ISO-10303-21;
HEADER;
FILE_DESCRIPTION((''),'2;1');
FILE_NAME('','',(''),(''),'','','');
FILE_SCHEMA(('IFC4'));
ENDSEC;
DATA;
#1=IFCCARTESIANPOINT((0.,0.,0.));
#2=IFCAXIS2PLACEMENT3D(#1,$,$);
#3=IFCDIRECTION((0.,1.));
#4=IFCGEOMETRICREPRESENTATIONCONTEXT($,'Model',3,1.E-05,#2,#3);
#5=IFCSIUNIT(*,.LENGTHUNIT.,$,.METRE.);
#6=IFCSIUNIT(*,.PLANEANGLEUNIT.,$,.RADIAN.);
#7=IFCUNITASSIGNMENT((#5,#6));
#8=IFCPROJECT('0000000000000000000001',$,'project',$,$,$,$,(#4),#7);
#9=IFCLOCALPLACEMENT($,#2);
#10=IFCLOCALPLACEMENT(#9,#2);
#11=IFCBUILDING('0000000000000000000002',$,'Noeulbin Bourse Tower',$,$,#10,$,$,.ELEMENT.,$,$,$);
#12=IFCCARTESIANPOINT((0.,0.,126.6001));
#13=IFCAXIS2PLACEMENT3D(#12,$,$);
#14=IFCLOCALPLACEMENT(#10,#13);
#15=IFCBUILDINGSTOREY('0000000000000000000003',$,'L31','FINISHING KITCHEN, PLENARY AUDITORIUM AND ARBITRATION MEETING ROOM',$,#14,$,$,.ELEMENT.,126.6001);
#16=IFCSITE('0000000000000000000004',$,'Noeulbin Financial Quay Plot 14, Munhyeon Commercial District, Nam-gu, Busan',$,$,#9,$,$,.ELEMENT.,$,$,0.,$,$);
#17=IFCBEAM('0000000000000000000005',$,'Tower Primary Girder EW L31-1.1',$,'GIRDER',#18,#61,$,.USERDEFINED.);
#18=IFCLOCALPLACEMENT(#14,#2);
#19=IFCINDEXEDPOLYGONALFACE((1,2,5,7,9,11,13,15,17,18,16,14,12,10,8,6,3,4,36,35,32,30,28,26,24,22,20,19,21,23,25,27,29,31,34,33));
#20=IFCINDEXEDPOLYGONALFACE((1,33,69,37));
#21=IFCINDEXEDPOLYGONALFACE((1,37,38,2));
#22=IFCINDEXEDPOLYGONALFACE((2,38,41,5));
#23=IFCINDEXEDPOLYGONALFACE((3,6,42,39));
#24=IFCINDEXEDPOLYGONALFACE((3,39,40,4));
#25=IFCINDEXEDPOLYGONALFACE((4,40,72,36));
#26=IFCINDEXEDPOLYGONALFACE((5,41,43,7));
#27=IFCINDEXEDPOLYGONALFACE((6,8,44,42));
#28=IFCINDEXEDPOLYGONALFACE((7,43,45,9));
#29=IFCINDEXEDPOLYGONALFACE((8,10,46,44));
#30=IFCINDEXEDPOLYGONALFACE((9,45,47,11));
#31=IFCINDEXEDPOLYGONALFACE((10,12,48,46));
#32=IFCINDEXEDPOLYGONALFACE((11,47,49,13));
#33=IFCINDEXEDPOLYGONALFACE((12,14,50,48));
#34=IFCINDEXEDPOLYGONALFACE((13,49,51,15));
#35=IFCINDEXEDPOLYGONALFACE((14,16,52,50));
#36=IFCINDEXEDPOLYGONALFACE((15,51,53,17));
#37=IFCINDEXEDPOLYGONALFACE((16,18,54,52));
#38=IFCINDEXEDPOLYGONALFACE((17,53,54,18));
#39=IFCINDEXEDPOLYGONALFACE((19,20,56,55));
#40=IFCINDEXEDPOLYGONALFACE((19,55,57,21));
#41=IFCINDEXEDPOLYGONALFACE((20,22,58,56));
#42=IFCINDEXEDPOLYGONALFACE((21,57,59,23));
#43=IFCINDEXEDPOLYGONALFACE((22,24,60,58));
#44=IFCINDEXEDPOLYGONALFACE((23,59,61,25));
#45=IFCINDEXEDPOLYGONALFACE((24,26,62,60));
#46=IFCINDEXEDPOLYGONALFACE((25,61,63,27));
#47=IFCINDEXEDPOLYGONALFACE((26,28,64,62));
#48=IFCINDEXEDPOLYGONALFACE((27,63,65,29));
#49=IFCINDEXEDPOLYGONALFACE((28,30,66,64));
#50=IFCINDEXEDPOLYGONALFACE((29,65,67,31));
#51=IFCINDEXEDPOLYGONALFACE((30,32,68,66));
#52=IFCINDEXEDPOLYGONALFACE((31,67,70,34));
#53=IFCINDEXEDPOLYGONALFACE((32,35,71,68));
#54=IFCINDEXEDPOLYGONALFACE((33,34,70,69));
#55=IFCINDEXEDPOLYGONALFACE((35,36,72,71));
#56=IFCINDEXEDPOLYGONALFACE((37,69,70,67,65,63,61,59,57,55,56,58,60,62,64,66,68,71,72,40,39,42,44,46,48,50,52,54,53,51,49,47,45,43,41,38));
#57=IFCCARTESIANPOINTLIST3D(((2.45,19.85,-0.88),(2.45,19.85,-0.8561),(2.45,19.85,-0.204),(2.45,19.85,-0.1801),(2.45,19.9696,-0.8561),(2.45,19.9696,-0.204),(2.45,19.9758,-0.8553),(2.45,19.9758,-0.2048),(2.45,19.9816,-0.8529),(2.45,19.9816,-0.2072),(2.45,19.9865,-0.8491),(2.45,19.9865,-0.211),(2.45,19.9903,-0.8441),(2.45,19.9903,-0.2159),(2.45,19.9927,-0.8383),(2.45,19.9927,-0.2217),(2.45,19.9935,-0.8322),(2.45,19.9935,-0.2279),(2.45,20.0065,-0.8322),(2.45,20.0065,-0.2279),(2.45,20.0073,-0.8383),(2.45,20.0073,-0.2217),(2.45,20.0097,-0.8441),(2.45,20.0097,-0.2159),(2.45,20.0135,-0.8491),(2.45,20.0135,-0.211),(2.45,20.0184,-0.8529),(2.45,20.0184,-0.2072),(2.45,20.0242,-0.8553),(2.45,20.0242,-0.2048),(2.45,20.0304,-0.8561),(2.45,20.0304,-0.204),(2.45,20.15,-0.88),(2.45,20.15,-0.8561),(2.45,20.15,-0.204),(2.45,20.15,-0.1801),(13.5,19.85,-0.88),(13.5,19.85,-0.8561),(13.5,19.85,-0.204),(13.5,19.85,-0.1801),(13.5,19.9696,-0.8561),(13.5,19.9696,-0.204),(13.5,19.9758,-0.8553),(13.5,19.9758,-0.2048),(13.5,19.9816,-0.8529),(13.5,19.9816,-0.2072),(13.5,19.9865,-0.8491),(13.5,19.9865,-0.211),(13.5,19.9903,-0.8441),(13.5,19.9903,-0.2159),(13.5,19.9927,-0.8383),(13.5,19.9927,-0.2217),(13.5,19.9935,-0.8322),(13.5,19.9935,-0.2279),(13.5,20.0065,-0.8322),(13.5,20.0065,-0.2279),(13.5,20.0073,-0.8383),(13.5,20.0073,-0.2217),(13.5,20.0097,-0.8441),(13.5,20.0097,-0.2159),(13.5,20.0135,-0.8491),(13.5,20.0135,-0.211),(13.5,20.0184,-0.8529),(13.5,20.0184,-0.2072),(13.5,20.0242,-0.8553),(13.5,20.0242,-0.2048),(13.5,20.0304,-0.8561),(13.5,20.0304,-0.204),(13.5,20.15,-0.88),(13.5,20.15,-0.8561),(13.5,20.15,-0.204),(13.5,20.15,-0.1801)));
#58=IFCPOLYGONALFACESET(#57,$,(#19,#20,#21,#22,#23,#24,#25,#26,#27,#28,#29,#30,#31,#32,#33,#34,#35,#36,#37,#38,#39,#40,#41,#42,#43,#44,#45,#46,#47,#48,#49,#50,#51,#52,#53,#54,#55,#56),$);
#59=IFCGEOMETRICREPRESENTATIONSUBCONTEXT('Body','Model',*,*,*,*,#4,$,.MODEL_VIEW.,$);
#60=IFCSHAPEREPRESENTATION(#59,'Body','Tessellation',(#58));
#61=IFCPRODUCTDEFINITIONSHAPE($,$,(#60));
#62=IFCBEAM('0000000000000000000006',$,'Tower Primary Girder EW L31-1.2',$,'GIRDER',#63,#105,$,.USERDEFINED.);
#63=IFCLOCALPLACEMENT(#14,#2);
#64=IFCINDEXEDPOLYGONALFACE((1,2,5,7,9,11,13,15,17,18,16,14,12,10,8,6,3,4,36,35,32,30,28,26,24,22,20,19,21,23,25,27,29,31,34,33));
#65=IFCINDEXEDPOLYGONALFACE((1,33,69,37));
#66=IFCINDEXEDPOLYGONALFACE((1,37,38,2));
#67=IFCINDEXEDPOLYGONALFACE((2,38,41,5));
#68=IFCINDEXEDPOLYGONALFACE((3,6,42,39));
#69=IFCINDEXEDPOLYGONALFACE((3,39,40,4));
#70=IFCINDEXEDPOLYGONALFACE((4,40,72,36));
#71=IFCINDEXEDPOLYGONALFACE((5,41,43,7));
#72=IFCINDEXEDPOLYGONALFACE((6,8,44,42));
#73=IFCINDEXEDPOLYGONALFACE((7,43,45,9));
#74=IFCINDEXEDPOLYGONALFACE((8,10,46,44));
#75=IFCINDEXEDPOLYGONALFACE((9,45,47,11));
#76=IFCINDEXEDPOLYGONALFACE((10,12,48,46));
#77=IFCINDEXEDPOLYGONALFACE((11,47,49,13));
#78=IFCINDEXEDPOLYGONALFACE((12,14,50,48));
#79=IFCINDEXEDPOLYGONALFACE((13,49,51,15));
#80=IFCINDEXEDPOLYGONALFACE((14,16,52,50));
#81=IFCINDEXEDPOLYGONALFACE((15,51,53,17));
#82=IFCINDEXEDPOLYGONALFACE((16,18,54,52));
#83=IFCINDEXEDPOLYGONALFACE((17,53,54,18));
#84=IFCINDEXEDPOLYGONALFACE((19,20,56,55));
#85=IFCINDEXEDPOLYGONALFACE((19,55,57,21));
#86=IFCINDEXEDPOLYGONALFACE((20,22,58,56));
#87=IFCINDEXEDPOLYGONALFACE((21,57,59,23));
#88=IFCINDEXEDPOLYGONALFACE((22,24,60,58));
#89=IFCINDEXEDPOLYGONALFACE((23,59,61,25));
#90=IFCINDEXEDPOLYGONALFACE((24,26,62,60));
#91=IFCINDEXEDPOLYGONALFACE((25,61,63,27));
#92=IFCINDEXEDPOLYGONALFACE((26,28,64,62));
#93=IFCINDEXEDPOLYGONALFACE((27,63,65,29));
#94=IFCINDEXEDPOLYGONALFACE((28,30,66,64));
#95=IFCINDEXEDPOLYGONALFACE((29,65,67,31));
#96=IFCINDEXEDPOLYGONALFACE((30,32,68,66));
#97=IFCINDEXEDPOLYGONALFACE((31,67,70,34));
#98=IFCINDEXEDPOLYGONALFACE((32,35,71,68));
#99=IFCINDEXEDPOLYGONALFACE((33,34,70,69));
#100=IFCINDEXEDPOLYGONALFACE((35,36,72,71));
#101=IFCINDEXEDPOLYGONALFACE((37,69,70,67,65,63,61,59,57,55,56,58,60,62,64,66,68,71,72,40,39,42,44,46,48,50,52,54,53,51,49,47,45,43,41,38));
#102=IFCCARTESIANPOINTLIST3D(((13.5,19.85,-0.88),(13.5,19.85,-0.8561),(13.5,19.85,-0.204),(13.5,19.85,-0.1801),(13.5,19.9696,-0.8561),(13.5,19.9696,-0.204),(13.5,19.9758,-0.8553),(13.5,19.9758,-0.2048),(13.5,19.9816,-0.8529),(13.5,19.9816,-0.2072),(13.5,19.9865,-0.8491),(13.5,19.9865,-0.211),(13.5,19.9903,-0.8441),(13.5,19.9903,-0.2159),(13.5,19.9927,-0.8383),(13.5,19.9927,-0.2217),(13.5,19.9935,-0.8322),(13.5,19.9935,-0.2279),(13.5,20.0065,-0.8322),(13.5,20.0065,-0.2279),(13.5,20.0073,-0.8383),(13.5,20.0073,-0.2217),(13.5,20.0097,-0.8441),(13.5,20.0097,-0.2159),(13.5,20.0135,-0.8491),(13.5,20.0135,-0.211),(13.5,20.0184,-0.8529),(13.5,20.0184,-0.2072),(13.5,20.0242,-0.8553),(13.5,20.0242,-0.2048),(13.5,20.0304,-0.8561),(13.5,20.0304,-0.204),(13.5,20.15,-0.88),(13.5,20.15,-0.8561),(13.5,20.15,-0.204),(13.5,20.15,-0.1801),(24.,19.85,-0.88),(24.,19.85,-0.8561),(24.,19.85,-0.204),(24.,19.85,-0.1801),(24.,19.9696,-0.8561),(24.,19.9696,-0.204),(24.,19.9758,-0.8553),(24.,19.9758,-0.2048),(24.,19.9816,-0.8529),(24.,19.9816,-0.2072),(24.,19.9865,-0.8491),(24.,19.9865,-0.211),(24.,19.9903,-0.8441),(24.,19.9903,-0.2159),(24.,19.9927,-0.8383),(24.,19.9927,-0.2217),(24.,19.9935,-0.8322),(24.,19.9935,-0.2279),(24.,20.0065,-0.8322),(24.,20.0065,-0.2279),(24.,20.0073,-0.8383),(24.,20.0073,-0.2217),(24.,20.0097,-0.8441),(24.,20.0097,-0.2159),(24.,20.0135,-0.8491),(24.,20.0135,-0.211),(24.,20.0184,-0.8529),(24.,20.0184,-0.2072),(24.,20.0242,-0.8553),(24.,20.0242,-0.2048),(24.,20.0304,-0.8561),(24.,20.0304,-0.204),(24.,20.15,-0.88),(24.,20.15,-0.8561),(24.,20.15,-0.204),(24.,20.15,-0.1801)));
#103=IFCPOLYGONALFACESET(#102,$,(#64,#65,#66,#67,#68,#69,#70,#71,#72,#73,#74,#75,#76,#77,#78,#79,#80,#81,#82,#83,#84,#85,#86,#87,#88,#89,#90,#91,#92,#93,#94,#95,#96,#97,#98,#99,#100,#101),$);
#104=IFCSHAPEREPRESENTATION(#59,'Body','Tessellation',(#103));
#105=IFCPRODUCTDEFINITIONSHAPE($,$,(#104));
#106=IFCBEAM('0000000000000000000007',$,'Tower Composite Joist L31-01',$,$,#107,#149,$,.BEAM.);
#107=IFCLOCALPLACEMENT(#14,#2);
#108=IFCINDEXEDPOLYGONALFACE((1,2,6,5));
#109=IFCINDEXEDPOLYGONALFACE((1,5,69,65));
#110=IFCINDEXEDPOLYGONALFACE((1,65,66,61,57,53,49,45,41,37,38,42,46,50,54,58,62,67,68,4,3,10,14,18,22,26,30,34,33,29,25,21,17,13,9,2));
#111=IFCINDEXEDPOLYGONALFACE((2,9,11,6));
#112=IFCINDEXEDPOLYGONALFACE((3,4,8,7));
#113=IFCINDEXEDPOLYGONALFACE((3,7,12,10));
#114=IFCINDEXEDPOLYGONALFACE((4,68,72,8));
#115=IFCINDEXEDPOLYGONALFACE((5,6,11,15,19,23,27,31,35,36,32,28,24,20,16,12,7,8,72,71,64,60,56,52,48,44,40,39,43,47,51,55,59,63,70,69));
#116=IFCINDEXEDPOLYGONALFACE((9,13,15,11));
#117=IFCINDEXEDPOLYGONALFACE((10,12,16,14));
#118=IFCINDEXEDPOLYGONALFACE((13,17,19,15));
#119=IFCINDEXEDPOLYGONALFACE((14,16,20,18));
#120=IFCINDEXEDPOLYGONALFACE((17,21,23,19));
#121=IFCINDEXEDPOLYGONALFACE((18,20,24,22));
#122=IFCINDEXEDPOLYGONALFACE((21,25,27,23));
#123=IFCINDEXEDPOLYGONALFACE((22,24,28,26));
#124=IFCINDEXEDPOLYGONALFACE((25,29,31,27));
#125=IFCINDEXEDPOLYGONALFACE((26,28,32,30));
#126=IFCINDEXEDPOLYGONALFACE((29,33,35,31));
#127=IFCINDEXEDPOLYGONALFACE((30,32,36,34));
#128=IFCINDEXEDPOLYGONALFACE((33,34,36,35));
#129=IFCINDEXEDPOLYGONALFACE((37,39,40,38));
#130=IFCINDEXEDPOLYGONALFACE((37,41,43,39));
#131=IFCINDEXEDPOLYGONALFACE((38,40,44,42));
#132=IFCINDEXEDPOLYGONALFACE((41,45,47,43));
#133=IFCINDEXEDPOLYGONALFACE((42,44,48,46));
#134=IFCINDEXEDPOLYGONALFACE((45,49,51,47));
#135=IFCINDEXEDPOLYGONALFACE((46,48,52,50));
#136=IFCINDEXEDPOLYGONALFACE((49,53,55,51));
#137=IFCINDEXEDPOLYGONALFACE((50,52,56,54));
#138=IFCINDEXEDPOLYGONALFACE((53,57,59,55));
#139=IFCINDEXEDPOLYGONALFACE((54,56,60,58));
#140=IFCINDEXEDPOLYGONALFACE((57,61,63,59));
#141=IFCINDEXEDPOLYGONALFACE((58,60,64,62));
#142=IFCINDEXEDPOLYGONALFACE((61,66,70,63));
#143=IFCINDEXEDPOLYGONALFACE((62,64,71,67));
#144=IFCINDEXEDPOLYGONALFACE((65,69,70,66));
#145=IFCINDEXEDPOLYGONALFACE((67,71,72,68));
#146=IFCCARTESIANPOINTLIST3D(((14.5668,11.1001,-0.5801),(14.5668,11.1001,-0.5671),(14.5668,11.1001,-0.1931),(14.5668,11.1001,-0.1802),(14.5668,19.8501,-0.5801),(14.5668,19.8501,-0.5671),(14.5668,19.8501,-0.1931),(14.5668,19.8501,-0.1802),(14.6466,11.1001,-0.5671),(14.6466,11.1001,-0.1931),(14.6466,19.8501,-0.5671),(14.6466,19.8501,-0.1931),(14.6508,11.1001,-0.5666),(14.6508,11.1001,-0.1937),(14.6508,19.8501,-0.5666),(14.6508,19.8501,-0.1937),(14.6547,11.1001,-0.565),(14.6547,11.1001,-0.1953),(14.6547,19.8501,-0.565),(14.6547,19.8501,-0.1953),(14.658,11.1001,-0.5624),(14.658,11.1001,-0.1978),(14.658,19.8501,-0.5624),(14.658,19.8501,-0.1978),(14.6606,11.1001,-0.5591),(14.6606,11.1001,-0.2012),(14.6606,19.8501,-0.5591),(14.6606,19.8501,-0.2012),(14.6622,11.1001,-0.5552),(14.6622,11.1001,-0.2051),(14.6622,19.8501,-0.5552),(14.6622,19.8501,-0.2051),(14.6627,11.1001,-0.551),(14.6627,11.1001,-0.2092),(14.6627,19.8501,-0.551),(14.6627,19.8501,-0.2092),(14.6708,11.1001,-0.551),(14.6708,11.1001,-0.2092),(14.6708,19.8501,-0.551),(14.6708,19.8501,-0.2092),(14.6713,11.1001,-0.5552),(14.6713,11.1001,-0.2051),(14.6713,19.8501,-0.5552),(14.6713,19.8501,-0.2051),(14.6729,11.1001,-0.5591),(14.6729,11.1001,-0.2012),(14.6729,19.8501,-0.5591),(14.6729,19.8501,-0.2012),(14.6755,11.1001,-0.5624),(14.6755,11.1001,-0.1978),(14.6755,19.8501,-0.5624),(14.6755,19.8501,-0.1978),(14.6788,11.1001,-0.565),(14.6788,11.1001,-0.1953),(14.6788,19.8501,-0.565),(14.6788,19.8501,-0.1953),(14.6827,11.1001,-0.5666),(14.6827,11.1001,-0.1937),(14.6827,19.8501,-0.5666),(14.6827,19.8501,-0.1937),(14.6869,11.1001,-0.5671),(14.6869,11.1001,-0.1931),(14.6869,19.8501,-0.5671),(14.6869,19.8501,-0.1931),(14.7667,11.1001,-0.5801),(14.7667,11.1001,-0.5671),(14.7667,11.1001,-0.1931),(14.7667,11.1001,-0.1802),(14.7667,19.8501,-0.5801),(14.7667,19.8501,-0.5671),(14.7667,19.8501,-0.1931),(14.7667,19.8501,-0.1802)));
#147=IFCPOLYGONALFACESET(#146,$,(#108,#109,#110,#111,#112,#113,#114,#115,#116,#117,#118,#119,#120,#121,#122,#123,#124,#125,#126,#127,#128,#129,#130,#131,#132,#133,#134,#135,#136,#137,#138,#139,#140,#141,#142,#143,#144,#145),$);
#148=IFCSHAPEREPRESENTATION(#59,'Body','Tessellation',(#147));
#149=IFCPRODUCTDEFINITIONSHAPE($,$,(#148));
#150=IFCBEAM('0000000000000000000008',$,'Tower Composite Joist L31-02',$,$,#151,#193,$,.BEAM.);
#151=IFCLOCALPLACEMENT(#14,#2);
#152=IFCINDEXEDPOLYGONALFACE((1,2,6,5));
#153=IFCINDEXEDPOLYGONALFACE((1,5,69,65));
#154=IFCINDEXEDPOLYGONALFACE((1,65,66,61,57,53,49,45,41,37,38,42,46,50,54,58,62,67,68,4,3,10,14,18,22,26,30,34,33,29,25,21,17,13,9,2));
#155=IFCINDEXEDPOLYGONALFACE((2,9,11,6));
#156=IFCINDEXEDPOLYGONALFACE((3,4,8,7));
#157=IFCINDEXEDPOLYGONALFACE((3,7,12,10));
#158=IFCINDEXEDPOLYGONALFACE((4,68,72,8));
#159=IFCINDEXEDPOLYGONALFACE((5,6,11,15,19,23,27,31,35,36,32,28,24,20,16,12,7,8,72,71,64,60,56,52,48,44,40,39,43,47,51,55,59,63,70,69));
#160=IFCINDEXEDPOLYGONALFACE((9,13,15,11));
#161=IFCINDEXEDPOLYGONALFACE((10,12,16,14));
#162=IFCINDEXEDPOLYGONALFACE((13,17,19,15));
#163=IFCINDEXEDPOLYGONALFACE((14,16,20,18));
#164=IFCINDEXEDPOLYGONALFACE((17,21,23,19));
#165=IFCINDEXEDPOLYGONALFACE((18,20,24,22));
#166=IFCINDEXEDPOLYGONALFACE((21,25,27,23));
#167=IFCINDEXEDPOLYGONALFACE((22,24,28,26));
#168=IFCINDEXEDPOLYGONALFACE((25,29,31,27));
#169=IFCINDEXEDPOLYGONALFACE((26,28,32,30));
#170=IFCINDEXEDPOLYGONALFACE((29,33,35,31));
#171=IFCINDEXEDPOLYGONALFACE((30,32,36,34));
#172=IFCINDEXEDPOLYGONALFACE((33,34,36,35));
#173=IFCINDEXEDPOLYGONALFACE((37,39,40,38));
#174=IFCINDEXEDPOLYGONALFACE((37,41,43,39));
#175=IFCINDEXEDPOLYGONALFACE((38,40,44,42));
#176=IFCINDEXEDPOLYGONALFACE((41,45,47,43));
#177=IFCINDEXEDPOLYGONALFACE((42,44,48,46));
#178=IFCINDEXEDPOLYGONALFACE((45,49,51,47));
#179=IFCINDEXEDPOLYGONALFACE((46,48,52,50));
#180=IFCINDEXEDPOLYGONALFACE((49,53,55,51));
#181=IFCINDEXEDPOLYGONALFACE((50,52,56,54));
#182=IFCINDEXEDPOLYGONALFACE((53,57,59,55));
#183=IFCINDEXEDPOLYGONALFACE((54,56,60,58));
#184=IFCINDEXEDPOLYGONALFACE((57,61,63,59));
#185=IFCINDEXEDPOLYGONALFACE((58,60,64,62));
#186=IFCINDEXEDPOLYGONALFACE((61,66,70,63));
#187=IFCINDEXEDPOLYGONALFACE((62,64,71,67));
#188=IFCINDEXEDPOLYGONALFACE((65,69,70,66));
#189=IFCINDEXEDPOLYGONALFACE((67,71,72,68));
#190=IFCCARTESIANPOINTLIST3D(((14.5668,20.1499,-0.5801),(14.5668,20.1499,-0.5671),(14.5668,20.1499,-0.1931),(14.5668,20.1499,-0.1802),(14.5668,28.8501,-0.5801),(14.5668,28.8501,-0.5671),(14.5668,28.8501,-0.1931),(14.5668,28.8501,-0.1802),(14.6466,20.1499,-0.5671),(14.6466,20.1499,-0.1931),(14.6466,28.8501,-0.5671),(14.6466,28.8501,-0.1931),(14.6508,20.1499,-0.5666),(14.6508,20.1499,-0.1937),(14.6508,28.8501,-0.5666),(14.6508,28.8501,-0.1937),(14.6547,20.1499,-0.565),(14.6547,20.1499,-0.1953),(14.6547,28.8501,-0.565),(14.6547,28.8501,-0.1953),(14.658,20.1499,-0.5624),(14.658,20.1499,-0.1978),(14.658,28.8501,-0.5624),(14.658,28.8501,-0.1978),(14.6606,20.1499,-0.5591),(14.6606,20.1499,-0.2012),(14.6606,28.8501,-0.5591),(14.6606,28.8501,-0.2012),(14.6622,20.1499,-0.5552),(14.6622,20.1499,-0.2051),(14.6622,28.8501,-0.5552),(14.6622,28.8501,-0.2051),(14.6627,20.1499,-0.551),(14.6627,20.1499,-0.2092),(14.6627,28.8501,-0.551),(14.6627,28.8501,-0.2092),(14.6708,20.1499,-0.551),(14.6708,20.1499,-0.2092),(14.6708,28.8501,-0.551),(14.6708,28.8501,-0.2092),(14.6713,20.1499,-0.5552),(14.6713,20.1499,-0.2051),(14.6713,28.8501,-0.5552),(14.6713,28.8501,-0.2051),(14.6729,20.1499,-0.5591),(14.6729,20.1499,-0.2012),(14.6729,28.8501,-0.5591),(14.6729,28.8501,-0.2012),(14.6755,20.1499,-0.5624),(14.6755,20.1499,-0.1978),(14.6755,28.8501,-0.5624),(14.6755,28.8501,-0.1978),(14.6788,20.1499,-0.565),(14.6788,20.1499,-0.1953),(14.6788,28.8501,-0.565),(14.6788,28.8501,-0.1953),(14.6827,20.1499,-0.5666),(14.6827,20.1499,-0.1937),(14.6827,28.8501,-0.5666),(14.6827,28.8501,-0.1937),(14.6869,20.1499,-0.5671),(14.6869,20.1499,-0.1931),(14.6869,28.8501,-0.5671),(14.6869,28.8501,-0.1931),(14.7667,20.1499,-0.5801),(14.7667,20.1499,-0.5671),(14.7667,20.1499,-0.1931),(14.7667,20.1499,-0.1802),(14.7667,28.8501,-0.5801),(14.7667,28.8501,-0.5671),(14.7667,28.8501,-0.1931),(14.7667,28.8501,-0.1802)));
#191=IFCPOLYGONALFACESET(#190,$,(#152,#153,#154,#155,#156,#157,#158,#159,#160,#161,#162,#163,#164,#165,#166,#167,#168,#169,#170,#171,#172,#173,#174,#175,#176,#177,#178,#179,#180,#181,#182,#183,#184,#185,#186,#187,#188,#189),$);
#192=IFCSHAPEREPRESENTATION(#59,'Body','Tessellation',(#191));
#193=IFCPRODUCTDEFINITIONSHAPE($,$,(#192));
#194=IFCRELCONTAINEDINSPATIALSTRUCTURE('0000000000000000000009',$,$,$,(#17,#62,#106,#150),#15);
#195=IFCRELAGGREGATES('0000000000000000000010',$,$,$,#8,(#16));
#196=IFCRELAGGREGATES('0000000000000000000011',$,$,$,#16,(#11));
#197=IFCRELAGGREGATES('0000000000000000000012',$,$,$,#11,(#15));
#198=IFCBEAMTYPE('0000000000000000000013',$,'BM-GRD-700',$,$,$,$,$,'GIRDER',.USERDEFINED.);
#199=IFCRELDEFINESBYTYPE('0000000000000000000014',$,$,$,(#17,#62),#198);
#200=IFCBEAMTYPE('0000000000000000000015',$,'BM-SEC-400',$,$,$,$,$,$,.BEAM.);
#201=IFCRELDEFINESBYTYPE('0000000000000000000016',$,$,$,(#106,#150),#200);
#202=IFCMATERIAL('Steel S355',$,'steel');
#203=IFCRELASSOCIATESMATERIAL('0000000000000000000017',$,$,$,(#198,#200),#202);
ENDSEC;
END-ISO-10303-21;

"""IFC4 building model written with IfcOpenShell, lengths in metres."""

from ifc_helpers import new_model, si_unit, direction, frame, origin, origin_2d, place, context, subcontext, project, spatial, i_section, extrude, material, material_profile, profile_set, type_object, element, save


model = new_model("IFC4")

# Units and contexts
model_context = context("Model", 3, precision=1e-05, world=origin(), true_north=direction((0.0, 1.0)))
body_context = subcontext(model_context, "Body", "Model", "MODEL_VIEW")
ifc_project = project(units=[si_unit("LENGTHUNIT", "METRE"), si_unit("PLANEANGLEUNIT", "RADIAN")], contexts=[model_context])

# Site, building, storey
site_placement = place(None, origin())
site = spatial("IfcSite", under=ifc_project, at=site_placement, Name="Noeulbin Financial Quay Plot 14, Munhyeon Commercial District, Nam-gu, Busan", CompositionType="ELEMENT", RefElevation=0.0)
building_placement = place(site_placement, origin())
building = spatial("IfcBuilding", under=site, at=building_placement, Name="Noeulbin Bourse Tower", CompositionType="ELEMENT")
storey_placement = place(building_placement, frame((0.0, 0.0, 126.6001)))
storey = spatial("IfcBuildingStorey", under=building, at=storey_placement, Name="L31", Description="FINISHING KITCHEN, PLENARY AUDITORIUM AND ARBITRATION MEETING ROOM", CompositionType="ELEMENT", Elevation=126.6001)

# Shared definitions
ifc_material_1 = material(Name="Steel S355", Category="steel")

# Beams
ifc_material_profile_1 = material_profile(ifc_material_1, i_section(OverallWidth=0.3, OverallDepth=0.7, WebThickness=0.0129, FlangeThickness=0.0239, FilletRadius=0.0239, at=origin_2d()), Name="H-700x300x13x24", Category="LoadBearing")
ifc_profile_set_1 = profile_set([ifc_material_profile_1], Name="Steel S355")
beam_type_1 = type_object("IfcBeamType", Name="BM-GRD-700", ElementType="GIRDER", PredefinedType="USERDEFINED", material=ifc_profile_set_1)
beam_1_placement = place(storey_placement, frame((2.45, 20.0, -0.53), z_axis=(1.0, 0.0, 0.0), x_axis=(0.0, 1.0, 0.0)))
element("IfcBeam", 1, at=beam_1_placement, inside=storey, type_object=beam_type_1, Name="Tower Primary Girder EW L31-1.1", ObjectType="GIRDER", PredefinedType="USERDEFINED", context=body_context, shape_type="SweptSolid", body=[
    extrude(i_section(OverallWidth=0.3, OverallDepth=0.7, WebThickness=0.0129, FlangeThickness=0.0239, FilletRadius=0.0239, at=origin_2d()), origin(), (0.0, 0.0, 1.0), 11.05),
])
beam_2_placement = place(storey_placement, frame((13.5, 20.0, -0.53), z_axis=(1.0, 0.0, 0.0), x_axis=(0.0, 1.0, 0.0)))
element("IfcBeam", 2, at=beam_2_placement, inside=storey, type_object=beam_type_1, Name="Tower Primary Girder EW L31-1.2", ObjectType="GIRDER", PredefinedType="USERDEFINED", context=body_context, shape_type="SweptSolid", body=[
    extrude(i_section(OverallWidth=0.3, OverallDepth=0.7, WebThickness=0.0129, FlangeThickness=0.0239, FilletRadius=0.0239, at=origin_2d()), origin(), (0.0, 0.0, 1.0), 10.5),
])
ifc_material_profile_2 = material_profile(ifc_material_1, i_section(OverallWidth=0.2, OverallDepth=0.3999, WebThickness=0.0081, FlangeThickness=0.0129, FilletRadius=0.0161, at=origin_2d()), Name="H-400x200x8x13", Category="LoadBearing")
ifc_profile_set_2 = profile_set([ifc_material_profile_2], Name="Steel S355")
beam_type_2 = type_object("IfcBeamType", Name="BM-SEC-400", PredefinedType="BEAM", material=ifc_profile_set_2)
beam_3_placement = place(storey_placement, frame((14.6667, 11.1001, -0.3801), z_axis=(0.0, 1.0, 0.0), x_axis=(-1.0, 0.0, 0.0)))
element("IfcBeam", 3, at=beam_3_placement, inside=storey, type_object=beam_type_2, Name="Tower Composite Joist L31-01", PredefinedType="BEAM", context=body_context, shape_type="SweptSolid", body=[
    extrude(i_section(OverallWidth=0.2, OverallDepth=0.3999, WebThickness=0.0081, FlangeThickness=0.0129, FilletRadius=0.0161, at=origin_2d()), origin(), (0.0, 0.0, 1.0), 8.75),
])
beam_4_placement = place(storey_placement, frame((14.6667, 20.1499, -0.3801), z_axis=(0.0, 1.0, 0.0), x_axis=(-1.0, 0.0, 0.0)))
element("IfcBeam", 4, at=beam_4_placement, inside=storey, type_object=beam_type_2, Name="Tower Composite Joist L31-02", PredefinedType="BEAM", context=body_context, shape_type="SweptSolid", body=[
    extrude(i_section(OverallWidth=0.2, OverallDepth=0.3999, WebThickness=0.0081, FlangeThickness=0.0129, FilletRadius=0.0161, at=origin_2d()), origin(), (0.0, 0.0, 1.0), 8.7002),
])

save(model, "model.ifc")
